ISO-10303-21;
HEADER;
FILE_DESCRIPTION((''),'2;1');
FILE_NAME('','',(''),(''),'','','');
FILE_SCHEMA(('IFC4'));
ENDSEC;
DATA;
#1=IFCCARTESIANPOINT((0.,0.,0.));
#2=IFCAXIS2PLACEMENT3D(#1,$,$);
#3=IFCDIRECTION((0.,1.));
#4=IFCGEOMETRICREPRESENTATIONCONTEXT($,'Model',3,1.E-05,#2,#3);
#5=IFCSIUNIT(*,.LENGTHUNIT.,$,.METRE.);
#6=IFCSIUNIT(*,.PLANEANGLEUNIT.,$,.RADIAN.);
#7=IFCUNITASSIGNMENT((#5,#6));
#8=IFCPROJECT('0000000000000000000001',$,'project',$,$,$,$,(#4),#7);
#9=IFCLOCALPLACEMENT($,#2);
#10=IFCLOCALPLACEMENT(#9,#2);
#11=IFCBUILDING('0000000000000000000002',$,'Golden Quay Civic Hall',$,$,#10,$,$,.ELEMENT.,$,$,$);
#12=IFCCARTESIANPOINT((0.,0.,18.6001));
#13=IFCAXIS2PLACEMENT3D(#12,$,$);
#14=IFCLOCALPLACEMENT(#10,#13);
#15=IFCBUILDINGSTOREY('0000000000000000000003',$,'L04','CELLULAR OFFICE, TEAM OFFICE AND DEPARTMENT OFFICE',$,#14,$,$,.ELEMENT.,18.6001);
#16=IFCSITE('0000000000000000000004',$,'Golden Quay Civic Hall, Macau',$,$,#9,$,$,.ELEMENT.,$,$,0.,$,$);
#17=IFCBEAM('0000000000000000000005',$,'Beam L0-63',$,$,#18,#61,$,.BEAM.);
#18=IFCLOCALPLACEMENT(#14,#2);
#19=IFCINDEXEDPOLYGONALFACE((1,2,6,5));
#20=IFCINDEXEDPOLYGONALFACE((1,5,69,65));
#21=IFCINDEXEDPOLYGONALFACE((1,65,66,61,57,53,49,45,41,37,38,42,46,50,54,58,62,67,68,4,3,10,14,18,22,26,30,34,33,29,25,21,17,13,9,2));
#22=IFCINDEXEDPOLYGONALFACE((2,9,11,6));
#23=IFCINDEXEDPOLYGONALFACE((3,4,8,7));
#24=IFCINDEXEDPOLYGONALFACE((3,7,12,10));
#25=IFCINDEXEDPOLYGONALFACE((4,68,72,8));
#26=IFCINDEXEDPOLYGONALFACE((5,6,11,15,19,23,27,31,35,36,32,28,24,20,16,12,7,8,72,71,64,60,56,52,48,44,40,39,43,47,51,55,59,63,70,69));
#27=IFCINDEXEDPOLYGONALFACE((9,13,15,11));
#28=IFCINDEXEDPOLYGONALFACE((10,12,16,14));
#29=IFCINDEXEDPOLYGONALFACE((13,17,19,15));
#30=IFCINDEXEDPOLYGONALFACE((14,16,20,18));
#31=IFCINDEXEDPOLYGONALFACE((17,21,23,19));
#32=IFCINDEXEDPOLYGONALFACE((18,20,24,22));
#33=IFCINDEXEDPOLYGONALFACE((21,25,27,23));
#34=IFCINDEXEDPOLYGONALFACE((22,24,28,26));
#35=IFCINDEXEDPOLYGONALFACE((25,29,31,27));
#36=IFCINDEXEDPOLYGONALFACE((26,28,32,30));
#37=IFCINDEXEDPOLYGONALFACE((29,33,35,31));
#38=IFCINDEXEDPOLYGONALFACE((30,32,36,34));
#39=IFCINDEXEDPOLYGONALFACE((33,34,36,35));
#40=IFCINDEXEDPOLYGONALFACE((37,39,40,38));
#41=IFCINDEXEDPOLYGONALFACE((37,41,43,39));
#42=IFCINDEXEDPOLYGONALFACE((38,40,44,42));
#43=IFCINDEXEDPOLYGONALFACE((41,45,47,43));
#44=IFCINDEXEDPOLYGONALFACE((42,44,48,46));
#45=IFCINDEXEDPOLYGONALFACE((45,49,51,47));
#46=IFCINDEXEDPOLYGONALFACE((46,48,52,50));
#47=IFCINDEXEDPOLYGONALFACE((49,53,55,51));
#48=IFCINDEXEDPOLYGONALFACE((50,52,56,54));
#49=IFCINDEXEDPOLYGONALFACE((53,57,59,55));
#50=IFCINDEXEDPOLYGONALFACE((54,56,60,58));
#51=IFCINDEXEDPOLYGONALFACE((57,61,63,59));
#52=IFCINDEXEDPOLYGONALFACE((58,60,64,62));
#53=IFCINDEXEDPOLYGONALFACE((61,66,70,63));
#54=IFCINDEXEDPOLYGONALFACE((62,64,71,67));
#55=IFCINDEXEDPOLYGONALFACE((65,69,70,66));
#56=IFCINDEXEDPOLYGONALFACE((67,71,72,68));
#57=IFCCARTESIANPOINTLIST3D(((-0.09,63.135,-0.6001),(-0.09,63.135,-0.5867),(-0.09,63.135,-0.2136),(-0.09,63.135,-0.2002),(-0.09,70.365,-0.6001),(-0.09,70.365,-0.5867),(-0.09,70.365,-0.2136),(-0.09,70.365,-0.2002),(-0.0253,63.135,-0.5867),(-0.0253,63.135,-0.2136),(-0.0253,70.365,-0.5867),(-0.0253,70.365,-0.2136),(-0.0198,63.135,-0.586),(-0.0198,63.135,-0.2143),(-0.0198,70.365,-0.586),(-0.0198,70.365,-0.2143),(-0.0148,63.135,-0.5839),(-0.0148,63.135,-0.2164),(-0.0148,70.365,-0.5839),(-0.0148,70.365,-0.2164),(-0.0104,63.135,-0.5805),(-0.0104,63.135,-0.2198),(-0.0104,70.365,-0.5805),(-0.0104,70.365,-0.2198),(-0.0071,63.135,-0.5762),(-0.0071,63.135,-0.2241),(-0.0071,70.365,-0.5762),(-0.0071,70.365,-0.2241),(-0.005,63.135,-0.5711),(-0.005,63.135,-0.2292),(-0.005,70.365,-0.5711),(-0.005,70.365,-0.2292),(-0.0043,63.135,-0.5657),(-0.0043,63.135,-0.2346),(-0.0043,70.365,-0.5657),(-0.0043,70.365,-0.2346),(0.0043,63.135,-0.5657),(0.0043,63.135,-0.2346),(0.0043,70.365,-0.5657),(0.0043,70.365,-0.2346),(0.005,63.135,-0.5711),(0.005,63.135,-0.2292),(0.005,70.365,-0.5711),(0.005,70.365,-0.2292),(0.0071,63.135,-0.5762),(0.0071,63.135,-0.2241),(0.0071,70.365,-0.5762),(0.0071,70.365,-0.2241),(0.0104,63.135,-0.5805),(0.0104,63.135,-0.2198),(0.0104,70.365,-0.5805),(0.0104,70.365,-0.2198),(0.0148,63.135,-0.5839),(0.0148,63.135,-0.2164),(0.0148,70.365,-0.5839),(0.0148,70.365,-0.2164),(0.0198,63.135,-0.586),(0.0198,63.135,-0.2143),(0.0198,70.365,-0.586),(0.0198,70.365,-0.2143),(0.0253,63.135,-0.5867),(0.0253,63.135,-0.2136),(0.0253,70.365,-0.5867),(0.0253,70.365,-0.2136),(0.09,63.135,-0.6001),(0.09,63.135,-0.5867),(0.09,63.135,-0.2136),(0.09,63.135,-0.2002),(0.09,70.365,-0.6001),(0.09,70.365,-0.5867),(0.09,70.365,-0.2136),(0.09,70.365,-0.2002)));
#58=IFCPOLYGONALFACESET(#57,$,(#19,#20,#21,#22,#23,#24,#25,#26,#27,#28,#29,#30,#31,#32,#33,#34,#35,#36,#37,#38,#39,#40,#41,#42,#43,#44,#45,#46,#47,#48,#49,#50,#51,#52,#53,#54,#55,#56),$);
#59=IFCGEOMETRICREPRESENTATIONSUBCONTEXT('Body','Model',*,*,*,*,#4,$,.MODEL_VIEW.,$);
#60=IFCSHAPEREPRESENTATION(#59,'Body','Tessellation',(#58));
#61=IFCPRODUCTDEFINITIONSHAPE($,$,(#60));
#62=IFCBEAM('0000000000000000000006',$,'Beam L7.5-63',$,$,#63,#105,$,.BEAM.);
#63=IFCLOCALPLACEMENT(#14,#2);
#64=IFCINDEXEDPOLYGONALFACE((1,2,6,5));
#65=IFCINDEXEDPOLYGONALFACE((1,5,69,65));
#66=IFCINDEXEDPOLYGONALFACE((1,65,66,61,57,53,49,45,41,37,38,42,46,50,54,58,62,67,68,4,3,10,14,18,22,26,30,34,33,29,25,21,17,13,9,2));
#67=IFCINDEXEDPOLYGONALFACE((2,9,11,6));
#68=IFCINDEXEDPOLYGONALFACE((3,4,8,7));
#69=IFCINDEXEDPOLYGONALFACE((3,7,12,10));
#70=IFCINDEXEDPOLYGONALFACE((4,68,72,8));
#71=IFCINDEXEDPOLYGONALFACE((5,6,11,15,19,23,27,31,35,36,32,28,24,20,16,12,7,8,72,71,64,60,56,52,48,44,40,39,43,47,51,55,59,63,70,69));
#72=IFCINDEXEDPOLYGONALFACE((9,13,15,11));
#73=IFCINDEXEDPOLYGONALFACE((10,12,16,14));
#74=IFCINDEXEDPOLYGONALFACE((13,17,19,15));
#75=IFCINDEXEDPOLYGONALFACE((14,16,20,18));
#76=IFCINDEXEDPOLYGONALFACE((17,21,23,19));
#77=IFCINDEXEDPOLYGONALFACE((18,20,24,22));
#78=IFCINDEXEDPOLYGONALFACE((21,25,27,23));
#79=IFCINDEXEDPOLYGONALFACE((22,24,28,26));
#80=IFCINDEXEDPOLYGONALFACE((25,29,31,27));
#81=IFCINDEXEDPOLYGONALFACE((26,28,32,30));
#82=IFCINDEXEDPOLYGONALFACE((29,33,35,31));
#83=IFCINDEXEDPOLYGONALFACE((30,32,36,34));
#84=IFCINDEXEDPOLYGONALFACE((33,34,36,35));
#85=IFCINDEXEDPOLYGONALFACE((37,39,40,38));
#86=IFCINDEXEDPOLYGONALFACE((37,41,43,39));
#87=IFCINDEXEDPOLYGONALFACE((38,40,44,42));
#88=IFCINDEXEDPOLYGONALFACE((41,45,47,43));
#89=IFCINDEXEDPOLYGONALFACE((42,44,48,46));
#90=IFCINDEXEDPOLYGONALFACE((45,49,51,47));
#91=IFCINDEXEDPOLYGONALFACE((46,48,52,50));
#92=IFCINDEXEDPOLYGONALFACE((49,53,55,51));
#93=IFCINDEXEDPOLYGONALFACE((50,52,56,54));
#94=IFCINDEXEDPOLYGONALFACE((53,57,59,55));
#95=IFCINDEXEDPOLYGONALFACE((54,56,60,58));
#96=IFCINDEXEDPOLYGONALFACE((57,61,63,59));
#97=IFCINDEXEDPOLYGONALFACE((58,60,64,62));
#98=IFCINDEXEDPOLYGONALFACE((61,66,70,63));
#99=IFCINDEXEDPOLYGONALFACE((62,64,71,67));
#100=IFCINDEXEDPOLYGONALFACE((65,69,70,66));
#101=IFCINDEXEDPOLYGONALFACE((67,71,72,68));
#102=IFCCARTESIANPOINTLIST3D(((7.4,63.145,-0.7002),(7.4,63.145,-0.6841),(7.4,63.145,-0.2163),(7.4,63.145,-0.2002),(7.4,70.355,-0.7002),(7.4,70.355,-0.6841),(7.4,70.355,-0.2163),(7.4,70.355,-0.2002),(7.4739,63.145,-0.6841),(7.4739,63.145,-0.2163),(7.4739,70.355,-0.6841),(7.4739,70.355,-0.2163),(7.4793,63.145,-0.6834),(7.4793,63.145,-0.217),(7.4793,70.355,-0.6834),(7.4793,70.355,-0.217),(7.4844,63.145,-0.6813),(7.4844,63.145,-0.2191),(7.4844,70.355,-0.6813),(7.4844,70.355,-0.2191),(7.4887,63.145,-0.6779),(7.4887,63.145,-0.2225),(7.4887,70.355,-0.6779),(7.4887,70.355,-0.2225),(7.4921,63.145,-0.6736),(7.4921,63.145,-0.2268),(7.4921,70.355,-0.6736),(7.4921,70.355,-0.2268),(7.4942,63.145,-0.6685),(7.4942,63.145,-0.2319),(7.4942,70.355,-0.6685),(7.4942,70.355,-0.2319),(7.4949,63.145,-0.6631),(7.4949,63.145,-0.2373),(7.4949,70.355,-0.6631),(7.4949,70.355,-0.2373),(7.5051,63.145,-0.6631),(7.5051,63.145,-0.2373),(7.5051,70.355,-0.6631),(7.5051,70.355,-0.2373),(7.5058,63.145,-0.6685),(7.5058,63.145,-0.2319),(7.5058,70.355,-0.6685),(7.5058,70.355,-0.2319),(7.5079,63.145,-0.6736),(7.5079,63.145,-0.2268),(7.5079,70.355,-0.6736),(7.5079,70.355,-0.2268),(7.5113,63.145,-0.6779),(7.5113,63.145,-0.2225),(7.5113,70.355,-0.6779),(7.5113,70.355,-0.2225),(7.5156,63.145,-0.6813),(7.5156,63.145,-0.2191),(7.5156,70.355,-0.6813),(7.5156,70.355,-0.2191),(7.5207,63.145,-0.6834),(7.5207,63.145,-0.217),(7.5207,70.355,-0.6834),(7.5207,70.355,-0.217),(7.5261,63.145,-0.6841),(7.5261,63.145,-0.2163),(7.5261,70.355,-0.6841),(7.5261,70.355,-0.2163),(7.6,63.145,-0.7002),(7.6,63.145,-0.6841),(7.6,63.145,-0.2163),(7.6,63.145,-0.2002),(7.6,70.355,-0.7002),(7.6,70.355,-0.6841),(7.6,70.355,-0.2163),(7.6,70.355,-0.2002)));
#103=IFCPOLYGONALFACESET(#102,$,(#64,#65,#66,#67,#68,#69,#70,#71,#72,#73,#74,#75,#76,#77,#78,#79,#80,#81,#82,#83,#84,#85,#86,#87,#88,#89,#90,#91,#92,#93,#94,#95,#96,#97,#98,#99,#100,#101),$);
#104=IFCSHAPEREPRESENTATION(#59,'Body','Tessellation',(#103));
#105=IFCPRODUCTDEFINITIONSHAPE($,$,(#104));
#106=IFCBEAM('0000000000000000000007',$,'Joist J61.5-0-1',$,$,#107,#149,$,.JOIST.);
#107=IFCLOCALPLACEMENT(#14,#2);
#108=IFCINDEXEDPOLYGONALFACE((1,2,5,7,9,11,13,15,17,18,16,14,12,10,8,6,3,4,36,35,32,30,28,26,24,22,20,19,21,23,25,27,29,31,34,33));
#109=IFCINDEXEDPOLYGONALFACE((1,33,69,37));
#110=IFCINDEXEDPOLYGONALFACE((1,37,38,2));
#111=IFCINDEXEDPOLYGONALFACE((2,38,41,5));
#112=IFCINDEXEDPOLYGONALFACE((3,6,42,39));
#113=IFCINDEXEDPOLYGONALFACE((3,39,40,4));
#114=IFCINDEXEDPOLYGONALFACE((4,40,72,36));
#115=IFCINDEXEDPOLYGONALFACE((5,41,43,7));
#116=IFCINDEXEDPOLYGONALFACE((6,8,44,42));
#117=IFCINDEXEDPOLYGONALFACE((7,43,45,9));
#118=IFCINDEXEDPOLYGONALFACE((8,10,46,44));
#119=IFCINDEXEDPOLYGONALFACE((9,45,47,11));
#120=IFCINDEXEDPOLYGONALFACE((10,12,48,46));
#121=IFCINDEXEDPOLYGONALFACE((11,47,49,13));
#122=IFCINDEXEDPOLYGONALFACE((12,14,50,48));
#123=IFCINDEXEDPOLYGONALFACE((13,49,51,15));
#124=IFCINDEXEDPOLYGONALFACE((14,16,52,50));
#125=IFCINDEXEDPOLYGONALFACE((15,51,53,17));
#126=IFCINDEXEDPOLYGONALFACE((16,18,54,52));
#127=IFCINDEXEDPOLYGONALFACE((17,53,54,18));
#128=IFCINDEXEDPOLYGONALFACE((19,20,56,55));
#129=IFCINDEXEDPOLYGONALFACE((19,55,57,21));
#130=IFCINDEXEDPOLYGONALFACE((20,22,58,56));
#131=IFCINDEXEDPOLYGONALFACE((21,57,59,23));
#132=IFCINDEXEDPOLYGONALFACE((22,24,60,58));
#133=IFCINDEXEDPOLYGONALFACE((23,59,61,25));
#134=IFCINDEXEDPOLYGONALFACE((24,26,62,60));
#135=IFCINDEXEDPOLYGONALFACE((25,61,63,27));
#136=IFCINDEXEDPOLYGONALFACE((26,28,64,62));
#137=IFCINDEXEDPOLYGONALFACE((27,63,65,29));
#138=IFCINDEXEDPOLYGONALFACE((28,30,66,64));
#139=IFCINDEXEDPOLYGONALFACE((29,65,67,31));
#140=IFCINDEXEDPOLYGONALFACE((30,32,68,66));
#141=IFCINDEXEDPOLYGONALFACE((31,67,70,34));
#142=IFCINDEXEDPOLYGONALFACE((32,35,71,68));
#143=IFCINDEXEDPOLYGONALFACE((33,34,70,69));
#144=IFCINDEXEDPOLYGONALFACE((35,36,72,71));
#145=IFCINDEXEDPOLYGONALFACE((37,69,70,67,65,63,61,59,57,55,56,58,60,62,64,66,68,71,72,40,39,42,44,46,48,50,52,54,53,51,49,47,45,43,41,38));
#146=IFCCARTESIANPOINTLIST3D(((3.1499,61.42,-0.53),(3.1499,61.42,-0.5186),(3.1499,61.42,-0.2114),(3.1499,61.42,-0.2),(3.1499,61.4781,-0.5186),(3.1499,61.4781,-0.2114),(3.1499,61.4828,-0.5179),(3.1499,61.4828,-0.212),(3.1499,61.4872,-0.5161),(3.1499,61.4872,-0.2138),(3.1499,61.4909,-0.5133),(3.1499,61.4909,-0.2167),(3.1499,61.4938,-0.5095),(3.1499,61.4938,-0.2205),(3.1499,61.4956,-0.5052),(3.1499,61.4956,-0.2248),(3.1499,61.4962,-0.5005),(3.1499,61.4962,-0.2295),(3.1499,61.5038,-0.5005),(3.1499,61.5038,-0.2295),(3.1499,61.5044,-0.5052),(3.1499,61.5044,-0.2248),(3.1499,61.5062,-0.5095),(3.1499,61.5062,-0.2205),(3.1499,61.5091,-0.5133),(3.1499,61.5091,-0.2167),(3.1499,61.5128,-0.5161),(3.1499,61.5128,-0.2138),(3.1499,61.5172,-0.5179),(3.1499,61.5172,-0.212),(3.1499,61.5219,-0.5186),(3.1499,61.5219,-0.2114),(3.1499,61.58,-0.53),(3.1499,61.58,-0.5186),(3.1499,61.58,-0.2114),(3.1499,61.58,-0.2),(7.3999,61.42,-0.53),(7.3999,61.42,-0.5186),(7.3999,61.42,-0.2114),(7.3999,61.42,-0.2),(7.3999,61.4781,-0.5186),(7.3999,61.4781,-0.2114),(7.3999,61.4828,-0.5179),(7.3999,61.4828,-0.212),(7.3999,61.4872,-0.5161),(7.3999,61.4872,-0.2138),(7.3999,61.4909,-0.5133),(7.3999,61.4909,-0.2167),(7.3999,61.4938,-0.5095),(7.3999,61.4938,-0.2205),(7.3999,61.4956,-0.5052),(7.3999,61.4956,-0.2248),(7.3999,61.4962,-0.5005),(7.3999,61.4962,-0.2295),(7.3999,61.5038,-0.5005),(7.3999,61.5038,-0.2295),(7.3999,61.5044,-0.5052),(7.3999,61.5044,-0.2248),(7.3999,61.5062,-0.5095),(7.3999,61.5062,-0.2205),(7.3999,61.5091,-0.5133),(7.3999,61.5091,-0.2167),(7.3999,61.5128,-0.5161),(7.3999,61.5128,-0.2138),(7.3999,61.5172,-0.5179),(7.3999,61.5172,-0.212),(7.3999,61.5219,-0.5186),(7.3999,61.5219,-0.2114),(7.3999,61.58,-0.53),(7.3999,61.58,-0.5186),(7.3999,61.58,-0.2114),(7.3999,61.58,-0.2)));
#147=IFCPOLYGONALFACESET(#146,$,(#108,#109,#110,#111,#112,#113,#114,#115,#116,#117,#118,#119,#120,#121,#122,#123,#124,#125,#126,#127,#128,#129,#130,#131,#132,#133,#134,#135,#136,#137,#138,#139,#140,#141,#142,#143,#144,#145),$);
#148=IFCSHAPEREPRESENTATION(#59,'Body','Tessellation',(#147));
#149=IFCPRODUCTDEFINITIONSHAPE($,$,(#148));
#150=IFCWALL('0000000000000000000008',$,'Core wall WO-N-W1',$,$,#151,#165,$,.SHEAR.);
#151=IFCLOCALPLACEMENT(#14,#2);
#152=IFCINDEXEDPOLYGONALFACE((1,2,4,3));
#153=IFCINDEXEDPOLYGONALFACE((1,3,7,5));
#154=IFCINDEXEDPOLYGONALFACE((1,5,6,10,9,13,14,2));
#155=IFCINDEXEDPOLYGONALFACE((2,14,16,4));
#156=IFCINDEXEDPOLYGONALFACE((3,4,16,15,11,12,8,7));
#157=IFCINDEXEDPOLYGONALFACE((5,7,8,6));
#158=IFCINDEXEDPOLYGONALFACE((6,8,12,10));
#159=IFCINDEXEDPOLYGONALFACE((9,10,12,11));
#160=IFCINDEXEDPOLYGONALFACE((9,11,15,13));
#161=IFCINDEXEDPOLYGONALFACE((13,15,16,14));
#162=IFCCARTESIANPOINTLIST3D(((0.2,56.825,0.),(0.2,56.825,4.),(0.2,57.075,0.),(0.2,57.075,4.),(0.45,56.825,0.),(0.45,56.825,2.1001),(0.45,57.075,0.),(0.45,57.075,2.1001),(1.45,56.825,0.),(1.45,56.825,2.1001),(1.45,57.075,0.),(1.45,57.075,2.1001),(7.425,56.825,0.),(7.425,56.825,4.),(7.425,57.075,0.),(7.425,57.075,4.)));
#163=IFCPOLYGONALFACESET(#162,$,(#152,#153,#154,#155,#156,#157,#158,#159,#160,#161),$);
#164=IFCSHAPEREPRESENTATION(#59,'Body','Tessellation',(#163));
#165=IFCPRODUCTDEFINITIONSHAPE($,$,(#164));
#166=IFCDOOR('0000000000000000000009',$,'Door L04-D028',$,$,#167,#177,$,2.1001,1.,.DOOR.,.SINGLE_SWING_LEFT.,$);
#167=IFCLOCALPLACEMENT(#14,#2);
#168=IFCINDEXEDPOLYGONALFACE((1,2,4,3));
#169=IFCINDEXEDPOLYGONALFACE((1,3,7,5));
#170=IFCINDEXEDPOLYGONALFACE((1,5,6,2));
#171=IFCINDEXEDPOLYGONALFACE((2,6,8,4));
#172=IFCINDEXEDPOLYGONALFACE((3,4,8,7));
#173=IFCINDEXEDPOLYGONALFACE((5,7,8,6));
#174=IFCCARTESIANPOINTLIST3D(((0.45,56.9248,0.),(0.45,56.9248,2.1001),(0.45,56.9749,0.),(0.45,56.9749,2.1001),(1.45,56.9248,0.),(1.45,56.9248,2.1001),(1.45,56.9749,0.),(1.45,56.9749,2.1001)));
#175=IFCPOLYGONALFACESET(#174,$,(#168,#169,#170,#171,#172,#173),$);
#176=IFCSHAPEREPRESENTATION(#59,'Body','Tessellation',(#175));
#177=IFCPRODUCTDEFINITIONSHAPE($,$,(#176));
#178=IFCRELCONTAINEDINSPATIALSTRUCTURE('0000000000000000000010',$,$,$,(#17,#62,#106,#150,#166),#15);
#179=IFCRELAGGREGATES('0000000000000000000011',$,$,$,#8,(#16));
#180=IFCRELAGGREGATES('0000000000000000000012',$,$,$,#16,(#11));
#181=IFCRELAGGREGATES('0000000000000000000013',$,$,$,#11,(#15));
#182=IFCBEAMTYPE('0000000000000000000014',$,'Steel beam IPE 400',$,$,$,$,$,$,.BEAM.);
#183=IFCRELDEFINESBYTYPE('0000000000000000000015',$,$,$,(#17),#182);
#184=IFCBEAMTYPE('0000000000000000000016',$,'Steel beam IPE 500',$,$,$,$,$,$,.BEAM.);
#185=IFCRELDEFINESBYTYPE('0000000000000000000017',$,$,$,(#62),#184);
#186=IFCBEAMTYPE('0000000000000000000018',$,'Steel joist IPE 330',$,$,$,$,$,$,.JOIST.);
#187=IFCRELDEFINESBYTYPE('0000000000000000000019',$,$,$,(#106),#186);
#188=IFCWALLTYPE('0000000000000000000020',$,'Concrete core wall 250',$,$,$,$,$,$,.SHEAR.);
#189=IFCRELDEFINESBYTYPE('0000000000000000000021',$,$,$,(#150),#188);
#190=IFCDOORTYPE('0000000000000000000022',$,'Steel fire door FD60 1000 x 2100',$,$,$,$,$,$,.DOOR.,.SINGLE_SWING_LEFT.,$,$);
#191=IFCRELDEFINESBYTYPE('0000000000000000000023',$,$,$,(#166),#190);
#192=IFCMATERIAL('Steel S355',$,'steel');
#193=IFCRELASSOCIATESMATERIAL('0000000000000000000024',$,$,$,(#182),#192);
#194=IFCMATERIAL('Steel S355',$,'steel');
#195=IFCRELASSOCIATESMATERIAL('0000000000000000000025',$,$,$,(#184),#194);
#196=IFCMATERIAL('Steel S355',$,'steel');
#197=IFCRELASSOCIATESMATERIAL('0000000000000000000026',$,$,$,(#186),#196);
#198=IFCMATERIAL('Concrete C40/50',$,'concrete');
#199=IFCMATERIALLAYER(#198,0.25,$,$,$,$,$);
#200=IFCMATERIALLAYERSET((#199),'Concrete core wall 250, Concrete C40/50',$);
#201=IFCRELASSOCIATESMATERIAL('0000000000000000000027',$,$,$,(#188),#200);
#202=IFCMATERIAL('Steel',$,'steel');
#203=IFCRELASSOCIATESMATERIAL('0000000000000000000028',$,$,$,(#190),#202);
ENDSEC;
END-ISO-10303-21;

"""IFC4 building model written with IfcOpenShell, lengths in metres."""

from ifc_helpers import new_model, si_unit, direction, frame, frame_2d, origin, origin_2d, place, context, subcontext, project, spatial, rectangle, i_section, extrude, material, layer, layer_set, material_profile, profile_set, type_object, element, fill, save


model = new_model("IFC4")

# Units and contexts
model_context = context("Model", 3, precision=1e-05, world=origin(), true_north=direction((0.0, 1.0)))
body_context = subcontext(model_context, "Body", "Model", "MODEL_VIEW")
ifc_project = project(units=[si_unit("LENGTHUNIT", "METRE"), si_unit("PLANEANGLEUNIT", "RADIAN")], contexts=[model_context])

# Site, building, storey
site_placement = place(None, origin())
site = spatial("IfcSite", under=ifc_project, at=site_placement, Name="Golden Quay Civic Hall, Macau", CompositionType="ELEMENT", RefElevation=0.0)
building_placement = place(site_placement, origin())
building = spatial("IfcBuilding", under=site, at=building_placement, Name="Golden Quay Civic Hall", CompositionType="ELEMENT")
storey_placement = place(building_placement, frame((0.0, 0.0, 18.6001)))
storey = spatial("IfcBuildingStorey", under=building, at=storey_placement, Name="L04", Description="CELLULAR OFFICE, TEAM OFFICE AND DEPARTMENT OFFICE", CompositionType="ELEMENT", Elevation=18.6001)

# Beams
ifc_material_1 = material(Name="Steel S355", Category="steel")
ifc_material_profile_1 = material_profile(ifc_material_1, i_section(OverallWidth=0.1799, OverallDepth=0.3999, WebThickness=0.0085, FlangeThickness=0.0134, FilletRadius=0.021, at=origin_2d()), Name="IPE 400")
ifc_profile_set_1 = profile_set([ifc_material_profile_1], Name="Steel S355")
beam_type_1 = type_object("IfcBeamType", Name="Steel beam IPE 400", PredefinedType="BEAM", material=ifc_profile_set_1)
beam_1_placement = place(storey_placement, frame((0.0, 63.135, -0.4001), z_axis=(0.0, 1.0, 0.0), x_axis=(-1.0, 0.0, 0.0)))
element("IfcBeam", 1, at=beam_1_placement, inside=storey, type_object=beam_type_1, Name="Beam L0-63", PredefinedType="BEAM", context=body_context, shape_type="SweptSolid", body=[
    extrude(i_section(OverallWidth=0.1799, OverallDepth=0.3999, WebThickness=0.0085, FlangeThickness=0.0134, FilletRadius=0.021, at=origin_2d()), origin(), (0.0, 0.0, 1.0), 7.23),
])
ifc_material_2 = material(Name="Steel S355", Category="steel")
ifc_material_profile_2 = material_profile(ifc_material_2, i_section(OverallWidth=0.2, OverallDepth=0.5, WebThickness=0.0103, FlangeThickness=0.0161, FilletRadius=0.021, at=origin_2d()), Name="IPE 500")
ifc_profile_set_2 = profile_set([ifc_material_profile_2], Name="Steel S355")
beam_type_2 = type_object("IfcBeamType", Name="Steel beam IPE 500", PredefinedType="BEAM", material=ifc_profile_set_2)
beam_2_placement = place(storey_placement, frame((7.5, 63.145, -0.4502), z_axis=(0.0, 1.0, 0.0), x_axis=(-1.0, 0.0, 0.0)))
element("IfcBeam", 2, at=beam_2_placement, inside=storey, type_object=beam_type_2, Name="Beam L7.5-63", PredefinedType="BEAM", context=body_context, shape_type="SweptSolid", body=[
    extrude(i_section(OverallWidth=0.2, OverallDepth=0.5, WebThickness=0.0103, FlangeThickness=0.0161, FilletRadius=0.021, at=origin_2d()), origin(), (0.0, 0.0, 1.0), 7.21),
])
ifc_material_3 = material(Name="Steel S355", Category="steel")
ifc_material_profile_3 = material_profile(ifc_material_3, i_section(OverallWidth=0.1599, OverallDepth=0.3301, WebThickness=0.0076, FlangeThickness=0.0115, FilletRadius=0.0181, at=origin_2d()), Name="IPE 330")
ifc_profile_set_3 = profile_set([ifc_material_profile_3], Name="Steel S355")
beam_type_3 = type_object("IfcBeamType", Name="Steel joist IPE 330", PredefinedType="JOIST", material=ifc_profile_set_3)
beam_3_placement = place(storey_placement, frame((3.1499, 61.5, -0.365), z_axis=(1.0, 0.0, 0.0), x_axis=(0.0, 1.0, 0.0)))
element("IfcBeam", 3, at=beam_3_placement, inside=storey, type_object=beam_type_3, Name="Joist J61.5-0-1", PredefinedType="JOIST", context=body_context, shape_type="SweptSolid", body=[
    extrude(i_section(OverallWidth=0.1599, OverallDepth=0.3301, WebThickness=0.0076, FlangeThickness=0.0115, FilletRadius=0.0181, at=origin_2d()), origin(), (0.0, 0.0, 1.0), 4.25),
])

# Wall, opening, door
ifc_material_4 = material(Name="Concrete C40/50", Category="concrete")
ifc_layer_1 = layer(ifc_material_4, 0.25)
ifc_layer_set_1 = layer_set([ifc_layer_1], Name="Concrete core wall 250, Concrete C40/50")
wall_type_1 = type_object("IfcWallType", Name="Concrete core wall 250", PredefinedType="SHEAR", material=ifc_layer_set_1)
wall_1_placement = place(storey_placement, frame((0.2, 56.95, 0.0), z_axis=(0.0, 0.0, 1.0), x_axis=(1.0, 0.0, 0.0)))
wall_1 = element("IfcWall", 4, at=wall_1_placement, inside=storey, type_object=wall_type_1, Name="Core wall WO-N-W1", PredefinedType="SHEAR", context=body_context, shape_type="SweptSolid", body=[
    extrude(rectangle(XDim=7.2251, YDim=0.25, at=frame_2d((3.6125, 0.0))), origin(), (0.0, 0.0, 1.0), 4.0),
])
opening_1_placement = place(wall_1_placement, frame((0.25, 0.0, 0.0)))
opening_1 = element("IfcOpeningElement", 5, at=opening_1_placement, cuts=wall_1, PredefinedType="OPENING", context=body_context, shape_type="SweptSolid", body=[
    extrude(rectangle(XDim=1.0, YDim=2.1001, at=frame_2d((0.5, 1.05))), frame((0.0, 0.135, 0.0), z_axis=(0.0, -1.0, 0.0), x_axis=(1.0, 0.0, 0.0)), (0.0, 0.0, 1.0), 0.27),
])
ifc_material_5 = material(Name="Steel", Category="steel")
door_type_1 = type_object("IfcDoorType", Name="Steel fire door FD60 1000 x 2100", OperationType="SINGLE_SWING_LEFT", PredefinedType="DOOR", material=ifc_material_5)
door_1_placement = place(opening_1_placement, origin())
door_1 = element("IfcDoor", 6, at=door_1_placement, inside=storey, type_object=door_type_1, Name="Door L04-D028", OperationType="SINGLE_SWING_LEFT", OverallHeight=2.1001, OverallWidth=1.0, PredefinedType="DOOR", context=body_context, shape_type="SweptSolid", body=[
    extrude(rectangle(XDim=1.0, YDim=2.1001, at=frame_2d((0.5, 1.05))), frame((0.0, 0.0249, 0.0), z_axis=(0.0, -1.0, 0.0), x_axis=(1.0, 0.0, 0.0)), (0.0, 0.0, 1.0), 0.05),
])
fill(opening_1, door_1)

save(model, "model.ifc")
